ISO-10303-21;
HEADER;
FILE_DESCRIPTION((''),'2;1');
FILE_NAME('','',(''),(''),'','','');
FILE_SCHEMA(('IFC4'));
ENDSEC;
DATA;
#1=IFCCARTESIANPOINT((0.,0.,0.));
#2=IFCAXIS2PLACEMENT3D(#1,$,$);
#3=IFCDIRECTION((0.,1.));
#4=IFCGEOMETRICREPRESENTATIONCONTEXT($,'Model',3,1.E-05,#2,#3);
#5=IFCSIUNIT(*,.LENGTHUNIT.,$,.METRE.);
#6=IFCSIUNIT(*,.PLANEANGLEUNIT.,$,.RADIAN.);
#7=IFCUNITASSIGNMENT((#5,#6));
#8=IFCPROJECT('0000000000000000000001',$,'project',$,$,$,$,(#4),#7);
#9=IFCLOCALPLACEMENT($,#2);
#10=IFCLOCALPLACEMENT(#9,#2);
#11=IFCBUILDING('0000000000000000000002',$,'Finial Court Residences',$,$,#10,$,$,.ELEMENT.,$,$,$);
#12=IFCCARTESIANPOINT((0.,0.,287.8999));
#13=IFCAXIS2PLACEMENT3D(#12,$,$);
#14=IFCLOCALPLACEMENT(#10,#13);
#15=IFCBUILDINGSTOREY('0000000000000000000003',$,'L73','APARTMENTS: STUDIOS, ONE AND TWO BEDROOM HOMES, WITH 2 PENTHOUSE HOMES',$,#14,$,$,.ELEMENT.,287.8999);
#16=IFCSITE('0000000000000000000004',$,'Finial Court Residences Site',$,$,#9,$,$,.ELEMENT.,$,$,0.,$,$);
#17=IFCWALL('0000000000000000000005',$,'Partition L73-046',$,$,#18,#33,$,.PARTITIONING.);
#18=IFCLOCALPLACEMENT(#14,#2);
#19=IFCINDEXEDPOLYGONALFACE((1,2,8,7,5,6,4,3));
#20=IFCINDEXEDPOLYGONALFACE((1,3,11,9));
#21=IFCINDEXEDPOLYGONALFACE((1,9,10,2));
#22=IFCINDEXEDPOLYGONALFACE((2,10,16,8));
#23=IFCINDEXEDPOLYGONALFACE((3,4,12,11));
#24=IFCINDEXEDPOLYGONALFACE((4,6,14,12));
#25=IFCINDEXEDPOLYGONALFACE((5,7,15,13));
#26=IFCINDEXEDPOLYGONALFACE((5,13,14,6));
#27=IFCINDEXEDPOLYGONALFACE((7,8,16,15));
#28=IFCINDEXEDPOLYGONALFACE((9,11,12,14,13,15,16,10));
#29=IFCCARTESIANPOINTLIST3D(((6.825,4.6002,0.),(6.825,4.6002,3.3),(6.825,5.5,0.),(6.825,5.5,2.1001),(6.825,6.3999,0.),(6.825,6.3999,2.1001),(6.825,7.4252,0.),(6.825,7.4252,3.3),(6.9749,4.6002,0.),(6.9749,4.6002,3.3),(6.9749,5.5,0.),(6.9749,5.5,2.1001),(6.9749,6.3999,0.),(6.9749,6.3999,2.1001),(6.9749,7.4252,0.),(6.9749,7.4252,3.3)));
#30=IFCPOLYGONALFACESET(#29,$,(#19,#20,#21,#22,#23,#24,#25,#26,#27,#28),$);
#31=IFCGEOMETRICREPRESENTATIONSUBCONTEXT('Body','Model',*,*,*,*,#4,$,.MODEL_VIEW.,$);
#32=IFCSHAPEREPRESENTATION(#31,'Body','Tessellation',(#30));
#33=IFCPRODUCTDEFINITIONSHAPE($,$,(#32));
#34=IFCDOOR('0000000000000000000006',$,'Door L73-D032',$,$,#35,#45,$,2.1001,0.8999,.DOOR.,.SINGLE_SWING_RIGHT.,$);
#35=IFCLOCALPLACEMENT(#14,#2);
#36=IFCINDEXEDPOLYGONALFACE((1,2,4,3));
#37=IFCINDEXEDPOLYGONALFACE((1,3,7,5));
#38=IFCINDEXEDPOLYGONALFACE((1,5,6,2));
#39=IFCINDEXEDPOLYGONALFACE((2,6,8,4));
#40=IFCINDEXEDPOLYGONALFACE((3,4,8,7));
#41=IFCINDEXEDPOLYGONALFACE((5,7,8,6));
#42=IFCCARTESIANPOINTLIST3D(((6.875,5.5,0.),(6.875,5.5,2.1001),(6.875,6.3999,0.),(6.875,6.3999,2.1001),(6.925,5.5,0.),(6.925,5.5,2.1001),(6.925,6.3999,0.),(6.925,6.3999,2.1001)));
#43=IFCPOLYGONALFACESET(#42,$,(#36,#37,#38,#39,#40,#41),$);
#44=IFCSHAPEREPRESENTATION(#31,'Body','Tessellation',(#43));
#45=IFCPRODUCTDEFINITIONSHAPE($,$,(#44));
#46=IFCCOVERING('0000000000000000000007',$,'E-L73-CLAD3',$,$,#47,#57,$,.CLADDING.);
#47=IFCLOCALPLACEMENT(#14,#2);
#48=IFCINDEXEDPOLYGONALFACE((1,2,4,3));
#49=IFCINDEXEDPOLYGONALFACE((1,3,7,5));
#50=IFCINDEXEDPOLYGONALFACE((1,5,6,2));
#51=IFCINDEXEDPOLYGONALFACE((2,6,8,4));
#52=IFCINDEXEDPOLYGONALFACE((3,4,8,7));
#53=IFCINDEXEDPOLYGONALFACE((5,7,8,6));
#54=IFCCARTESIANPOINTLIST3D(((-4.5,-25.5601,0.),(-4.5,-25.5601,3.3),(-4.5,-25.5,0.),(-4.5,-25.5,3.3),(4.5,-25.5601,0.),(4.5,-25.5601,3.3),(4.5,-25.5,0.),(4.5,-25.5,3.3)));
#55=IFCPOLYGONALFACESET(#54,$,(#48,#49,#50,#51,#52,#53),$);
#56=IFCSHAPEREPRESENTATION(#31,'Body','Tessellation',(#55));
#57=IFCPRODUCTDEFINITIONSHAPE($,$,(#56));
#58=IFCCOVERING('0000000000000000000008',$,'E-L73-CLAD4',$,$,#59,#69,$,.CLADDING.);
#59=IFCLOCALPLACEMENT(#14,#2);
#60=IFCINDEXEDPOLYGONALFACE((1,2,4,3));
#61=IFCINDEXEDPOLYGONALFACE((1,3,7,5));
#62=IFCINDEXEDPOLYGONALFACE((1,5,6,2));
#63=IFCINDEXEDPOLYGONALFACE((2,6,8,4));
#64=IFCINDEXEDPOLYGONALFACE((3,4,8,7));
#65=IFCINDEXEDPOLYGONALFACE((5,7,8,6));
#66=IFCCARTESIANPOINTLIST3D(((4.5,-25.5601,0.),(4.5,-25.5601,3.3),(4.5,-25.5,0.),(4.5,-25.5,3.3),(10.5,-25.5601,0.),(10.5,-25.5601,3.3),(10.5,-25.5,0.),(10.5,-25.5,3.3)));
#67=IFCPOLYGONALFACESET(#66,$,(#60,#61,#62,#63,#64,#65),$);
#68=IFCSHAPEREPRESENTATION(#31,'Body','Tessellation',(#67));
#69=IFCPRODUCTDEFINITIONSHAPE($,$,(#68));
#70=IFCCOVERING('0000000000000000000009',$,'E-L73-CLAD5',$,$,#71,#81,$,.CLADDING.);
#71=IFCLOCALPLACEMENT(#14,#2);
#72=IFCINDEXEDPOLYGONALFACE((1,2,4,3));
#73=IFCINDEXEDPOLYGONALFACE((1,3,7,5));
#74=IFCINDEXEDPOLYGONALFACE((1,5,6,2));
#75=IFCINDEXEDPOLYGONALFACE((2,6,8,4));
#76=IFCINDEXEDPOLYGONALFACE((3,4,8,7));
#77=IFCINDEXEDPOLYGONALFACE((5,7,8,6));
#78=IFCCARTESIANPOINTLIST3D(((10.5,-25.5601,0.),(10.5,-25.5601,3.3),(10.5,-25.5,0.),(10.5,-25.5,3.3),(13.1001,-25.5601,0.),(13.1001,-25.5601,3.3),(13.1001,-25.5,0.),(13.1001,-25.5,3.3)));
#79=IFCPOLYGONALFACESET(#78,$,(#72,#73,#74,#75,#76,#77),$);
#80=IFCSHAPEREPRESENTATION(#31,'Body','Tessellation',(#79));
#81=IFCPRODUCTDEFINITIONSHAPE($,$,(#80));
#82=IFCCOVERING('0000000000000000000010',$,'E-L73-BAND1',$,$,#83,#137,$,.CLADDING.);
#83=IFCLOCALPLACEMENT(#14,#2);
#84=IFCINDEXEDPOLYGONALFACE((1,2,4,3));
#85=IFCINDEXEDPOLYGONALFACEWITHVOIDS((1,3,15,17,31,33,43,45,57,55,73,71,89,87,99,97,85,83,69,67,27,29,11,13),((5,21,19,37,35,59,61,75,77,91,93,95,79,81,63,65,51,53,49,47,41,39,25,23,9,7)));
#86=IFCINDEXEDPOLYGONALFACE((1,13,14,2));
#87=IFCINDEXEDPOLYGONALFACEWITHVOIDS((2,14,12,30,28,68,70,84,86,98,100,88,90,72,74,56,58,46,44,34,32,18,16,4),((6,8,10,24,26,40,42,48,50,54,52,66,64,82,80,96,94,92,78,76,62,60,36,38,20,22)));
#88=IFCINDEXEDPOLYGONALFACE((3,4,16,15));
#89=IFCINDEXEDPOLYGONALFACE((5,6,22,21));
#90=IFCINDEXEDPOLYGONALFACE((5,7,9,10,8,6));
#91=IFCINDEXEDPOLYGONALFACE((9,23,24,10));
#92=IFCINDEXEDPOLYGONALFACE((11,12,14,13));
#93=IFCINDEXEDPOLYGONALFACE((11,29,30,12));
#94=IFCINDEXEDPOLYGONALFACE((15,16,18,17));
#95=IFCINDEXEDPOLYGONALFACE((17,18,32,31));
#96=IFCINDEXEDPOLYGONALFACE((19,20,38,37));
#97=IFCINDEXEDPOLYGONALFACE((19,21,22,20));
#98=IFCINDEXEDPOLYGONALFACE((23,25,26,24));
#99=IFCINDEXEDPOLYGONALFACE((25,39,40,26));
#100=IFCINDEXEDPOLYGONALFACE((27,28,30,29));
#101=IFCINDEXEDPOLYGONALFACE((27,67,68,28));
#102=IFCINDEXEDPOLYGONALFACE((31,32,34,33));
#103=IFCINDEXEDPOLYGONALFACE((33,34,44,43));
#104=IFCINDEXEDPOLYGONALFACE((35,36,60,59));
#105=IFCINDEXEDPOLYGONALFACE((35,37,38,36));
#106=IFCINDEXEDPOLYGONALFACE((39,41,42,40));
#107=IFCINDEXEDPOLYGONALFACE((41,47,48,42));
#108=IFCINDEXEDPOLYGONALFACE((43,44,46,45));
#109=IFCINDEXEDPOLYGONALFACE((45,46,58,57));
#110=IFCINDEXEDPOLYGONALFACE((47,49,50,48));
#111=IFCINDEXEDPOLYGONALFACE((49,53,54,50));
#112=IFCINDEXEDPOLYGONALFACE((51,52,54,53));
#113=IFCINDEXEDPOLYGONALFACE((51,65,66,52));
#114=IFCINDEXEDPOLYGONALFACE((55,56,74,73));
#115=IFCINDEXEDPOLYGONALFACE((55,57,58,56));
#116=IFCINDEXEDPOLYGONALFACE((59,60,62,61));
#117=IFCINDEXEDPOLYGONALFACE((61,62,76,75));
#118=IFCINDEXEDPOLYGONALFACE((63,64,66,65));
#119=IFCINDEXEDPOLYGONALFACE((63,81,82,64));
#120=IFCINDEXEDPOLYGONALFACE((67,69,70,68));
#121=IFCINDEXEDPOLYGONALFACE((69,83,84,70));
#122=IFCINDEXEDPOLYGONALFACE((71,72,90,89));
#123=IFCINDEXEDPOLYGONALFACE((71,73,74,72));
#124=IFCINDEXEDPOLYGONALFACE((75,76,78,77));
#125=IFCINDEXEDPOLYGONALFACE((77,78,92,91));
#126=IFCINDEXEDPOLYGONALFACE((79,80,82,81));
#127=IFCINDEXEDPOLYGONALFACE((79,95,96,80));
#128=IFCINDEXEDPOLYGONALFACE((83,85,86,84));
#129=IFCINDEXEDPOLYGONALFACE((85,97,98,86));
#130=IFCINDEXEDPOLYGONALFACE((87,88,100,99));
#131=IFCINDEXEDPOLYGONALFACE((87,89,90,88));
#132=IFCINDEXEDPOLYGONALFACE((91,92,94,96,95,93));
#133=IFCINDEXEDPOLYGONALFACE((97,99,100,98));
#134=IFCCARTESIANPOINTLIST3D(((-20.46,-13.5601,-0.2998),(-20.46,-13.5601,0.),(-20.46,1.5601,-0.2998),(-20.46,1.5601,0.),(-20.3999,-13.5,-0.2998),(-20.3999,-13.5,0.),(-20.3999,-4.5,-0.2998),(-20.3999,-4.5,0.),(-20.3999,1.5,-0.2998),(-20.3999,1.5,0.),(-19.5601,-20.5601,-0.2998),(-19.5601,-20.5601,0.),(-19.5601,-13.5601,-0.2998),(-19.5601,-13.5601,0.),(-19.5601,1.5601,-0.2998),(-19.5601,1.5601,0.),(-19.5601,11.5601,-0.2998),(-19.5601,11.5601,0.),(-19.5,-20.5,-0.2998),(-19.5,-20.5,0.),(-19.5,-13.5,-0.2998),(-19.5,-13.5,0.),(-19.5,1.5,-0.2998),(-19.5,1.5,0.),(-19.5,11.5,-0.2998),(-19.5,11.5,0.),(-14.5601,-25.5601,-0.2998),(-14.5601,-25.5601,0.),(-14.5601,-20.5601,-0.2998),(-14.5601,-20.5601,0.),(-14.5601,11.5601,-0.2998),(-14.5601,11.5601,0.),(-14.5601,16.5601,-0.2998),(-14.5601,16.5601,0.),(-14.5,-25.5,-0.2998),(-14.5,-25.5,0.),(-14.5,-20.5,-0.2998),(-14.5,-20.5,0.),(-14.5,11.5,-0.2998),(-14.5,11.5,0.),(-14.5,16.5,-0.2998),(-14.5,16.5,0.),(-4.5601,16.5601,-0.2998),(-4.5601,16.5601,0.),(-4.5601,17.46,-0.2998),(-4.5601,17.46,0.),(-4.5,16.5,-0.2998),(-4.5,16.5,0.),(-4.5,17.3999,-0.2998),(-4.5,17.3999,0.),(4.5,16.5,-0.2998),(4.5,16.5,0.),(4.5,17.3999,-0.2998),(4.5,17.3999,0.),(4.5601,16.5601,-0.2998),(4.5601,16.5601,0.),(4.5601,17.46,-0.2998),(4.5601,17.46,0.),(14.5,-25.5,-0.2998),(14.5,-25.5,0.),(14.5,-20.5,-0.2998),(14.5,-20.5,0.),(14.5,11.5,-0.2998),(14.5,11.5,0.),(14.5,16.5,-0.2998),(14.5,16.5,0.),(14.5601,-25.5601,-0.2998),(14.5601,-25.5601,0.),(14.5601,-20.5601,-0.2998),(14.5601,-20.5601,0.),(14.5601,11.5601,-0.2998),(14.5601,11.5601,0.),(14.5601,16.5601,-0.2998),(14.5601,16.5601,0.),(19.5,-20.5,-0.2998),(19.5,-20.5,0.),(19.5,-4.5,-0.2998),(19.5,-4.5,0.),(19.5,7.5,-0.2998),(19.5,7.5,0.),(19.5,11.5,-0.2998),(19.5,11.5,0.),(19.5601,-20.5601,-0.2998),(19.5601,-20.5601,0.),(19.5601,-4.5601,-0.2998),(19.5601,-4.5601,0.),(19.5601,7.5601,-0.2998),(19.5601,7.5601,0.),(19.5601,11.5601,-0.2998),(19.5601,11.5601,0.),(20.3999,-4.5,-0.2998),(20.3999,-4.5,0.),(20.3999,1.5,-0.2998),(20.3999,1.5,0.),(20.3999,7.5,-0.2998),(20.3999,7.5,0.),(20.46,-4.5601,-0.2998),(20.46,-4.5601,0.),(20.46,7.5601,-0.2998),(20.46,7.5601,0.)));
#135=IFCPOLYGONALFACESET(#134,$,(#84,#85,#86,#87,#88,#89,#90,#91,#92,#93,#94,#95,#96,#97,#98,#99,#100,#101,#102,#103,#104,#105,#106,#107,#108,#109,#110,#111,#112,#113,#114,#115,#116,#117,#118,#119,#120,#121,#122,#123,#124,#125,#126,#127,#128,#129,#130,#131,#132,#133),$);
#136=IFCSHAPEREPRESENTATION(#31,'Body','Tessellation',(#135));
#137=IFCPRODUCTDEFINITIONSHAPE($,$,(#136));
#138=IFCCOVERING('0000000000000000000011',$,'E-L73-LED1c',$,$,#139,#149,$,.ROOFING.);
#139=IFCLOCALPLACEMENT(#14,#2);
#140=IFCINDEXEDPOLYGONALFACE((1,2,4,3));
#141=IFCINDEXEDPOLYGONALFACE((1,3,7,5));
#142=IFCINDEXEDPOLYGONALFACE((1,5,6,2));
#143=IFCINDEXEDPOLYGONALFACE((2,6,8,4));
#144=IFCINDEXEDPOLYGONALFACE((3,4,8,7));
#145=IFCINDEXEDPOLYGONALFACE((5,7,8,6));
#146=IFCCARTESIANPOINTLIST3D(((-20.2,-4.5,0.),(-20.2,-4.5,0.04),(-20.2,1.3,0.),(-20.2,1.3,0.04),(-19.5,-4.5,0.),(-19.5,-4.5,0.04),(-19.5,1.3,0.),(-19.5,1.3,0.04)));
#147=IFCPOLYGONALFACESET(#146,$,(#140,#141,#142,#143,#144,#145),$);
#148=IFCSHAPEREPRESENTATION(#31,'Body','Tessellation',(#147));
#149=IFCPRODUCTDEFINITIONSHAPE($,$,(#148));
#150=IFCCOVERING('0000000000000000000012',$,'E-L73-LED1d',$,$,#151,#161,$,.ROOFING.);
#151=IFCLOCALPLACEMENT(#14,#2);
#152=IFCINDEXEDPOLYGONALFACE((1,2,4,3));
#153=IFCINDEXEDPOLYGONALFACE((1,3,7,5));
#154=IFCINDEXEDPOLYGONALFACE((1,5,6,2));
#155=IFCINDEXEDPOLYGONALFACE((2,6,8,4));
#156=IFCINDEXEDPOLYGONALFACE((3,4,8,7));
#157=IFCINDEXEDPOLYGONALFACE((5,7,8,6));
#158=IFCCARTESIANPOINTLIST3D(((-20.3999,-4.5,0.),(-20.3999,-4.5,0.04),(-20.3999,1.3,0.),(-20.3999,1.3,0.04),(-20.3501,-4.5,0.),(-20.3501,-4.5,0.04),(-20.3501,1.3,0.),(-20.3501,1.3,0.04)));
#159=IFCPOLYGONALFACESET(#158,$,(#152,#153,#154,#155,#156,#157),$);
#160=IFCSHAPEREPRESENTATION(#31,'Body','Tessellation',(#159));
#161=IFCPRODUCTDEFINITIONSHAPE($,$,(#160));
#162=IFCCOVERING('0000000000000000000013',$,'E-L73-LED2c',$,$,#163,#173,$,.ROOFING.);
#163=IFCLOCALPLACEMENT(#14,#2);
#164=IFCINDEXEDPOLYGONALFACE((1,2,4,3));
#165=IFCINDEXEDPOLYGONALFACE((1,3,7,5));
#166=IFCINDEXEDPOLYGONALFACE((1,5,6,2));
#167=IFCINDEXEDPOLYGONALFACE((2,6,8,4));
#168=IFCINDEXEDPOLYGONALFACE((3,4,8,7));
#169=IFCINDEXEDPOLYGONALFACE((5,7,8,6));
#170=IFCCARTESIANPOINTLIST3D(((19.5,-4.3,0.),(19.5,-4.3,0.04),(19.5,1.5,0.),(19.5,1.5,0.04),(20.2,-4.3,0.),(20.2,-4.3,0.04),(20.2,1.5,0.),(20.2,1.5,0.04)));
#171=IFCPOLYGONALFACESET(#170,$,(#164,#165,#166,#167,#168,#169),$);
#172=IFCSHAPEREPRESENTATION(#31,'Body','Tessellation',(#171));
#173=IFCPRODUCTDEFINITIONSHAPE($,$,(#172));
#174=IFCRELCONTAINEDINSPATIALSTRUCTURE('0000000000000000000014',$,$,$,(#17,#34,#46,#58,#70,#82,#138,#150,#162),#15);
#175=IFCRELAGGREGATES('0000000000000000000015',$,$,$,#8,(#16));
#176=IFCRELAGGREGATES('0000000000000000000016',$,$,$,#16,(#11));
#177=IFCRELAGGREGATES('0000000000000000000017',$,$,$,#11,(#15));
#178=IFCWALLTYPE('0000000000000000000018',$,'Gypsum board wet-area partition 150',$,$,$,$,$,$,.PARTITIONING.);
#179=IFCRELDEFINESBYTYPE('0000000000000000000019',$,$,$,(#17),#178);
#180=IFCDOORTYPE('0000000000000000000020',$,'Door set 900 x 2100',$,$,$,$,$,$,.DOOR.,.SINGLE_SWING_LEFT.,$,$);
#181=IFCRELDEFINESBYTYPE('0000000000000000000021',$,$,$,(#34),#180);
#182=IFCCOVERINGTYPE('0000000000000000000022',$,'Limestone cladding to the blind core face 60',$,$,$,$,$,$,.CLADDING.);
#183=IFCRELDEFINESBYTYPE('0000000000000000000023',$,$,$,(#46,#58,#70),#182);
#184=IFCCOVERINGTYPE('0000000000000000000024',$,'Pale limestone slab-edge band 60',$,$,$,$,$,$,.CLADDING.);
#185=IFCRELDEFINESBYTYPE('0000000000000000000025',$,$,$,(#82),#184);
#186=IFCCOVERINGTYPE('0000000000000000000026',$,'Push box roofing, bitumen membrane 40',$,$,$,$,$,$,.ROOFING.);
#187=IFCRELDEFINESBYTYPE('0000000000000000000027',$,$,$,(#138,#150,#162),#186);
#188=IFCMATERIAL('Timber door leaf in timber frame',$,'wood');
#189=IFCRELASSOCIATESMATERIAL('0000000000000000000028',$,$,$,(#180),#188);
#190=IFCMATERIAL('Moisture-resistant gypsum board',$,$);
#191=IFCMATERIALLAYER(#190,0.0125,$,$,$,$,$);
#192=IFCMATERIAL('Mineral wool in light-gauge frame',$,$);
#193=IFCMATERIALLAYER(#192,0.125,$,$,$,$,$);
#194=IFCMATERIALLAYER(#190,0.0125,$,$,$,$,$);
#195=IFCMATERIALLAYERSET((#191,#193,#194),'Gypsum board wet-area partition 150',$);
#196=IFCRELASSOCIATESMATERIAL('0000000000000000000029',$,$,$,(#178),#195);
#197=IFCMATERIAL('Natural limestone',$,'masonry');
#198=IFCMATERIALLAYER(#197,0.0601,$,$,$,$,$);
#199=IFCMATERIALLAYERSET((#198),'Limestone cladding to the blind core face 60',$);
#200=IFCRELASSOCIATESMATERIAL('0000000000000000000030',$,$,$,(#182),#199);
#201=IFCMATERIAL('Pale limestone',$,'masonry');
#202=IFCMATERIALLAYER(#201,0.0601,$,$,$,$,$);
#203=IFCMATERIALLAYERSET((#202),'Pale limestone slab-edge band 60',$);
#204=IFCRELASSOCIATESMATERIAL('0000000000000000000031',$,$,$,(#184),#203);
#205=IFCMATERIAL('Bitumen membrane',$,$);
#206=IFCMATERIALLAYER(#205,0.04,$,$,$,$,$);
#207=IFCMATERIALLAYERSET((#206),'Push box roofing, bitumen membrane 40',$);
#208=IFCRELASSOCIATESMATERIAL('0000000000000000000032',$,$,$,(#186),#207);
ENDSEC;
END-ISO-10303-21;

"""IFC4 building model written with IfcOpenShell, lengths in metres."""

from ifc_helpers import new_model, si_unit, direction, frame, frame_2d, origin, place, context, subcontext, project, spatial, polyline, rectangle, outline, extrude, material, layer, layer_set, type_object, element, fill, save


model = new_model("IFC4")

# Units and contexts
model_context = context("Model", 3, precision=1e-05, world=origin(), true_north=direction((0.0, 1.0)))
body_context = subcontext(model_context, "Body", "Model", "MODEL_VIEW")
ifc_project = project(units=[si_unit("LENGTHUNIT", "METRE"), si_unit("PLANEANGLEUNIT", "RADIAN")], contexts=[model_context])

# Site, building, storey
site_placement = place(None, origin())
site = spatial("IfcSite", under=ifc_project, at=site_placement, Name="Finial Court Residences Site", CompositionType="ELEMENT", RefElevation=0.0)
building_placement = place(site_placement, origin())
building = spatial("IfcBuilding", under=site, at=building_placement, Name="Finial Court Residences", CompositionType="ELEMENT")
storey_placement = place(building_placement, frame((0.0, 0.0, 287.8999)))
storey = spatial("IfcBuildingStorey", under=building, at=storey_placement, Name="L73", Description="APARTMENTS: STUDIOS, ONE AND TWO BEDROOM HOMES, WITH 2 PENTHOUSE HOMES", CompositionType="ELEMENT", Elevation=287.8999)

# Shared definitions
ifc_material_1 = material(Name="Mineral wool in light-gauge frame")
ifc_material_2 = material(Name="Timber door leaf in timber frame", Category="wood")
door_type = type_object("IfcDoorType", Name="Door set 900 x 2100", OperationType="SINGLE_SWING_LEFT", PredefinedType="DOOR", material=ifc_material_2)

# Shared definitions
ifc_material_3 = material(Name="Moisture-resistant gypsum board")
ifc_layer_1 = layer(ifc_material_3, 0.0125)
ifc_layer_2 = layer(ifc_material_1, 0.125)
ifc_layer_3 = layer(ifc_material_3, 0.0125)
ifc_layer_set_1 = layer_set([ifc_layer_1, ifc_layer_2, ifc_layer_3], Name="Gypsum board wet-area partition 150")
wall_type_1 = type_object("IfcWallType", Name="Gypsum board wet-area partition 150", PredefinedType="PARTITIONING", material=ifc_layer_set_1)

# Wall, opening, door
wall_1_placement = place(storey_placement, frame((6.8999, 4.6001, 0.0), z_axis=(0.0, 0.0, 1.0), x_axis=(0.0, 1.0, 0.0)))
wall_1 = element("IfcWall", 1, at=wall_1_placement, inside=storey, type_object=wall_type_1, Name="Partition L73-046", PredefinedType="PARTITIONING", context=body_context, shape_type="SweptSolid", body=[
    extrude(rectangle(XDim=2.825, YDim=0.1499, at=frame_2d((1.4126, 0.0))), origin(), (0.0, 0.0, 1.0), 3.3),
])
opening_1_placement = place(wall_1_placement, frame((0.8999, 0.0, 0.0)))
opening_1 = element("IfcOpeningElement", 2, at=opening_1_placement, cuts=wall_1, PredefinedType="OPENING", context=body_context, shape_type="SweptSolid", body=[
    extrude(rectangle(XDim=0.8999, YDim=2.1001, at=frame_2d((0.45, 1.05))), frame((0.0, 0.085, 0.0), z_axis=(0.0, -1.0, 0.0), x_axis=(1.0, 0.0, 0.0)), (0.0, 0.0, 1.0), 0.1699),
])
door_1_placement = place(opening_1_placement, origin())
door_1 = element("IfcDoor", 3, at=door_1_placement, inside=storey, type_object=door_type, Name="Door L73-D032", OperationType="SINGLE_SWING_RIGHT", OverallHeight=2.1001, OverallWidth=0.8999, PredefinedType="DOOR", context=body_context, shape_type="SweptSolid", body=[
    extrude(rectangle(XDim=0.8999, YDim=2.1001, at=frame_2d((0.45, 1.05))), frame((0.0, 0.0249, 0.0), z_axis=(0.0, -1.0, 0.0), x_axis=(1.0, 0.0, 0.0)), (0.0, 0.0, 1.0), 0.05),
])
fill(opening_1, door_1)

# Coverings
ifc_material_4 = material(Name="Natural limestone", Category="masonry")
ifc_layer_4 = layer(ifc_material_4, 0.0601)
ifc_layer_set_2 = layer_set([ifc_layer_4], Name="Limestone cladding to the blind core face 60")
covering_type_1 = type_object("IfcCoveringType", Name="Limestone cladding to the blind core face 60", PredefinedType="CLADDING", material=ifc_layer_set_2)
covering_1_placement = place(storey_placement, origin())
element("IfcCovering", 4, at=covering_1_placement, inside=storey, type_object=covering_type_1, Name="E-L73-CLAD3", PredefinedType="CLADDING", context=body_context, shape_type="SweptSolid", body=[
    extrude(outline(polyline([(4.5, -25.5601), (4.5, -25.5), (-4.5, -25.5), (-4.5, -25.5601), (4.5, -25.5601)])), origin(), (0.0, 0.0, 1.0), 3.3),
])
covering_2_placement = place(storey_placement, origin())
element("IfcCovering", 5, at=covering_2_placement, inside=storey, type_object=covering_type_1, Name="E-L73-CLAD4", PredefinedType="CLADDING", context=body_context, shape_type="SweptSolid", body=[
    extrude(outline(polyline([(10.5, -25.5601), (10.5, -25.5), (4.5, -25.5), (4.5, -25.5601), (10.5, -25.5601)])), origin(), (0.0, 0.0, 1.0), 3.3),
])
covering_3_placement = place(storey_placement, origin())
element("IfcCovering", 6, at=covering_3_placement, inside=storey, type_object=covering_type_1, Name="E-L73-CLAD5", PredefinedType="CLADDING", context=body_context, shape_type="SweptSolid", body=[
    extrude(outline(polyline([(13.1001, -25.5601), (13.1001, -25.5), (10.5, -25.5), (10.5, -25.5601), (13.1001, -25.5601)])), origin(), (0.0, 0.0, 1.0), 3.3),
])
ifc_material_5 = material(Name="Pale limestone", Category="masonry")
ifc_layer_5 = layer(ifc_material_5, 0.0601)
ifc_layer_set_3 = layer_set([ifc_layer_5], Name="Pale limestone slab-edge band 60")
covering_type_2 = type_object("IfcCoveringType", Name="Pale limestone slab-edge band 60", PredefinedType="CLADDING", material=ifc_layer_set_3)
covering_4_placement = place(storey_placement, frame((0.0, 0.0, -0.2998)))
element("IfcCovering", 7, at=covering_4_placement, inside=storey, type_object=covering_type_2, Name="E-L73-BAND1", PredefinedType="CLADDING", context=body_context, shape_type="SweptSolid", body=[
    extrude(outline(polyline([(-14.5601, 11.5601), (-14.5601, 16.5601), (-4.5601, 16.5601), (-4.5601, 17.46), (4.5601, 17.46), (4.5601, 16.5601), (14.5601, 16.5601), (14.5601, 11.5601), (19.5601, 11.5601), (19.5601, 7.5601), (20.46, 7.5601), (20.46, -4.5601), (19.5601, -4.5601), (19.5601, -20.5601), (14.5601, -20.5601), (14.5601, -25.5601), (-14.5601, -25.5601), (-14.5601, -20.5601), (-19.5601, -20.5601), (-19.5601, -13.5601), (-20.46, -13.5601), (-20.46, 1.5601), (-19.5601, 1.5601), (-19.5601, 11.5601), (-14.5601, 11.5601)]), holes=[polyline([(-19.5, 1.5), (-20.3999, 1.5), (-20.3999, -4.5), (-20.3999, -13.5), (-19.5, -13.5), (-19.5, -20.5), (-14.5, -20.5), (-14.5, -25.5), (14.5, -25.5), (14.5, -20.5), (19.5, -20.5), (19.5, -4.5), (20.3999, -4.5), (20.3999, 1.5), (20.3999, 7.5), (19.5, 7.5), (19.5, 11.5), (14.5, 11.5), (14.5, 16.5), (4.5, 16.5), (4.5, 17.3999), (-4.5, 17.3999), (-4.5, 16.5), (-14.5, 16.5), (-14.5, 11.5), (-19.5, 11.5), (-19.5, 1.5)])]), origin(), (0.0, 0.0, 1.0), 0.2998),
])
ifc_material_6 = material(Name="Bitumen membrane")
ifc_layer_6 = layer(ifc_material_6, 0.04)
ifc_layer_set_4 = layer_set([ifc_layer_6], Name="Push box roofing, bitumen membrane 40")
covering_type_3 = type_object("IfcCoveringType", Name="Push box roofing, bitumen membrane 40", PredefinedType="ROOFING", material=ifc_layer_set_4)
covering_5_placement = place(storey_placement, origin())
element("IfcCovering", 8, at=covering_5_placement, inside=storey, type_object=covering_type_3, Name="E-L73-LED1c", PredefinedType="ROOFING", context=body_context, shape_type="SweptSolid", body=[
    extrude(outline(polyline([(-19.5, -4.5), (-20.2, -4.5), (-20.2, 1.3), (-19.5, 1.3), (-19.5, -4.5)])), origin(), (0.0, 0.0, 1.0), 0.04),
])
covering_6_placement = place(storey_placement, origin())
element("IfcCovering", 9, at=covering_6_placement, inside=storey, type_object=covering_type_3, Name="E-L73-LED1d", PredefinedType="ROOFING", context=body_context, shape_type="SweptSolid", body=[
    extrude(outline(polyline([(-20.3999, -4.5), (-20.3999, 1.3), (-20.3501, 1.3), (-20.3501, -4.5), (-20.3999, -4.5)])), origin(), (0.0, 0.0, 1.0), 0.04),
])
covering_7_placement = place(storey_placement, origin())
element("IfcCovering", 10, at=covering_7_placement, inside=storey, type_object=covering_type_3, Name="E-L73-LED2c", PredefinedType="ROOFING", context=body_context, shape_type="SweptSolid", body=[
    extrude(outline(polyline([(19.5, 1.5), (20.2, 1.5), (20.2, -4.3), (19.5, -4.3), (19.5, 1.5)])), origin(), (0.0, 0.0, 1.0), 0.04),
])

save(model, "model.ifc")
